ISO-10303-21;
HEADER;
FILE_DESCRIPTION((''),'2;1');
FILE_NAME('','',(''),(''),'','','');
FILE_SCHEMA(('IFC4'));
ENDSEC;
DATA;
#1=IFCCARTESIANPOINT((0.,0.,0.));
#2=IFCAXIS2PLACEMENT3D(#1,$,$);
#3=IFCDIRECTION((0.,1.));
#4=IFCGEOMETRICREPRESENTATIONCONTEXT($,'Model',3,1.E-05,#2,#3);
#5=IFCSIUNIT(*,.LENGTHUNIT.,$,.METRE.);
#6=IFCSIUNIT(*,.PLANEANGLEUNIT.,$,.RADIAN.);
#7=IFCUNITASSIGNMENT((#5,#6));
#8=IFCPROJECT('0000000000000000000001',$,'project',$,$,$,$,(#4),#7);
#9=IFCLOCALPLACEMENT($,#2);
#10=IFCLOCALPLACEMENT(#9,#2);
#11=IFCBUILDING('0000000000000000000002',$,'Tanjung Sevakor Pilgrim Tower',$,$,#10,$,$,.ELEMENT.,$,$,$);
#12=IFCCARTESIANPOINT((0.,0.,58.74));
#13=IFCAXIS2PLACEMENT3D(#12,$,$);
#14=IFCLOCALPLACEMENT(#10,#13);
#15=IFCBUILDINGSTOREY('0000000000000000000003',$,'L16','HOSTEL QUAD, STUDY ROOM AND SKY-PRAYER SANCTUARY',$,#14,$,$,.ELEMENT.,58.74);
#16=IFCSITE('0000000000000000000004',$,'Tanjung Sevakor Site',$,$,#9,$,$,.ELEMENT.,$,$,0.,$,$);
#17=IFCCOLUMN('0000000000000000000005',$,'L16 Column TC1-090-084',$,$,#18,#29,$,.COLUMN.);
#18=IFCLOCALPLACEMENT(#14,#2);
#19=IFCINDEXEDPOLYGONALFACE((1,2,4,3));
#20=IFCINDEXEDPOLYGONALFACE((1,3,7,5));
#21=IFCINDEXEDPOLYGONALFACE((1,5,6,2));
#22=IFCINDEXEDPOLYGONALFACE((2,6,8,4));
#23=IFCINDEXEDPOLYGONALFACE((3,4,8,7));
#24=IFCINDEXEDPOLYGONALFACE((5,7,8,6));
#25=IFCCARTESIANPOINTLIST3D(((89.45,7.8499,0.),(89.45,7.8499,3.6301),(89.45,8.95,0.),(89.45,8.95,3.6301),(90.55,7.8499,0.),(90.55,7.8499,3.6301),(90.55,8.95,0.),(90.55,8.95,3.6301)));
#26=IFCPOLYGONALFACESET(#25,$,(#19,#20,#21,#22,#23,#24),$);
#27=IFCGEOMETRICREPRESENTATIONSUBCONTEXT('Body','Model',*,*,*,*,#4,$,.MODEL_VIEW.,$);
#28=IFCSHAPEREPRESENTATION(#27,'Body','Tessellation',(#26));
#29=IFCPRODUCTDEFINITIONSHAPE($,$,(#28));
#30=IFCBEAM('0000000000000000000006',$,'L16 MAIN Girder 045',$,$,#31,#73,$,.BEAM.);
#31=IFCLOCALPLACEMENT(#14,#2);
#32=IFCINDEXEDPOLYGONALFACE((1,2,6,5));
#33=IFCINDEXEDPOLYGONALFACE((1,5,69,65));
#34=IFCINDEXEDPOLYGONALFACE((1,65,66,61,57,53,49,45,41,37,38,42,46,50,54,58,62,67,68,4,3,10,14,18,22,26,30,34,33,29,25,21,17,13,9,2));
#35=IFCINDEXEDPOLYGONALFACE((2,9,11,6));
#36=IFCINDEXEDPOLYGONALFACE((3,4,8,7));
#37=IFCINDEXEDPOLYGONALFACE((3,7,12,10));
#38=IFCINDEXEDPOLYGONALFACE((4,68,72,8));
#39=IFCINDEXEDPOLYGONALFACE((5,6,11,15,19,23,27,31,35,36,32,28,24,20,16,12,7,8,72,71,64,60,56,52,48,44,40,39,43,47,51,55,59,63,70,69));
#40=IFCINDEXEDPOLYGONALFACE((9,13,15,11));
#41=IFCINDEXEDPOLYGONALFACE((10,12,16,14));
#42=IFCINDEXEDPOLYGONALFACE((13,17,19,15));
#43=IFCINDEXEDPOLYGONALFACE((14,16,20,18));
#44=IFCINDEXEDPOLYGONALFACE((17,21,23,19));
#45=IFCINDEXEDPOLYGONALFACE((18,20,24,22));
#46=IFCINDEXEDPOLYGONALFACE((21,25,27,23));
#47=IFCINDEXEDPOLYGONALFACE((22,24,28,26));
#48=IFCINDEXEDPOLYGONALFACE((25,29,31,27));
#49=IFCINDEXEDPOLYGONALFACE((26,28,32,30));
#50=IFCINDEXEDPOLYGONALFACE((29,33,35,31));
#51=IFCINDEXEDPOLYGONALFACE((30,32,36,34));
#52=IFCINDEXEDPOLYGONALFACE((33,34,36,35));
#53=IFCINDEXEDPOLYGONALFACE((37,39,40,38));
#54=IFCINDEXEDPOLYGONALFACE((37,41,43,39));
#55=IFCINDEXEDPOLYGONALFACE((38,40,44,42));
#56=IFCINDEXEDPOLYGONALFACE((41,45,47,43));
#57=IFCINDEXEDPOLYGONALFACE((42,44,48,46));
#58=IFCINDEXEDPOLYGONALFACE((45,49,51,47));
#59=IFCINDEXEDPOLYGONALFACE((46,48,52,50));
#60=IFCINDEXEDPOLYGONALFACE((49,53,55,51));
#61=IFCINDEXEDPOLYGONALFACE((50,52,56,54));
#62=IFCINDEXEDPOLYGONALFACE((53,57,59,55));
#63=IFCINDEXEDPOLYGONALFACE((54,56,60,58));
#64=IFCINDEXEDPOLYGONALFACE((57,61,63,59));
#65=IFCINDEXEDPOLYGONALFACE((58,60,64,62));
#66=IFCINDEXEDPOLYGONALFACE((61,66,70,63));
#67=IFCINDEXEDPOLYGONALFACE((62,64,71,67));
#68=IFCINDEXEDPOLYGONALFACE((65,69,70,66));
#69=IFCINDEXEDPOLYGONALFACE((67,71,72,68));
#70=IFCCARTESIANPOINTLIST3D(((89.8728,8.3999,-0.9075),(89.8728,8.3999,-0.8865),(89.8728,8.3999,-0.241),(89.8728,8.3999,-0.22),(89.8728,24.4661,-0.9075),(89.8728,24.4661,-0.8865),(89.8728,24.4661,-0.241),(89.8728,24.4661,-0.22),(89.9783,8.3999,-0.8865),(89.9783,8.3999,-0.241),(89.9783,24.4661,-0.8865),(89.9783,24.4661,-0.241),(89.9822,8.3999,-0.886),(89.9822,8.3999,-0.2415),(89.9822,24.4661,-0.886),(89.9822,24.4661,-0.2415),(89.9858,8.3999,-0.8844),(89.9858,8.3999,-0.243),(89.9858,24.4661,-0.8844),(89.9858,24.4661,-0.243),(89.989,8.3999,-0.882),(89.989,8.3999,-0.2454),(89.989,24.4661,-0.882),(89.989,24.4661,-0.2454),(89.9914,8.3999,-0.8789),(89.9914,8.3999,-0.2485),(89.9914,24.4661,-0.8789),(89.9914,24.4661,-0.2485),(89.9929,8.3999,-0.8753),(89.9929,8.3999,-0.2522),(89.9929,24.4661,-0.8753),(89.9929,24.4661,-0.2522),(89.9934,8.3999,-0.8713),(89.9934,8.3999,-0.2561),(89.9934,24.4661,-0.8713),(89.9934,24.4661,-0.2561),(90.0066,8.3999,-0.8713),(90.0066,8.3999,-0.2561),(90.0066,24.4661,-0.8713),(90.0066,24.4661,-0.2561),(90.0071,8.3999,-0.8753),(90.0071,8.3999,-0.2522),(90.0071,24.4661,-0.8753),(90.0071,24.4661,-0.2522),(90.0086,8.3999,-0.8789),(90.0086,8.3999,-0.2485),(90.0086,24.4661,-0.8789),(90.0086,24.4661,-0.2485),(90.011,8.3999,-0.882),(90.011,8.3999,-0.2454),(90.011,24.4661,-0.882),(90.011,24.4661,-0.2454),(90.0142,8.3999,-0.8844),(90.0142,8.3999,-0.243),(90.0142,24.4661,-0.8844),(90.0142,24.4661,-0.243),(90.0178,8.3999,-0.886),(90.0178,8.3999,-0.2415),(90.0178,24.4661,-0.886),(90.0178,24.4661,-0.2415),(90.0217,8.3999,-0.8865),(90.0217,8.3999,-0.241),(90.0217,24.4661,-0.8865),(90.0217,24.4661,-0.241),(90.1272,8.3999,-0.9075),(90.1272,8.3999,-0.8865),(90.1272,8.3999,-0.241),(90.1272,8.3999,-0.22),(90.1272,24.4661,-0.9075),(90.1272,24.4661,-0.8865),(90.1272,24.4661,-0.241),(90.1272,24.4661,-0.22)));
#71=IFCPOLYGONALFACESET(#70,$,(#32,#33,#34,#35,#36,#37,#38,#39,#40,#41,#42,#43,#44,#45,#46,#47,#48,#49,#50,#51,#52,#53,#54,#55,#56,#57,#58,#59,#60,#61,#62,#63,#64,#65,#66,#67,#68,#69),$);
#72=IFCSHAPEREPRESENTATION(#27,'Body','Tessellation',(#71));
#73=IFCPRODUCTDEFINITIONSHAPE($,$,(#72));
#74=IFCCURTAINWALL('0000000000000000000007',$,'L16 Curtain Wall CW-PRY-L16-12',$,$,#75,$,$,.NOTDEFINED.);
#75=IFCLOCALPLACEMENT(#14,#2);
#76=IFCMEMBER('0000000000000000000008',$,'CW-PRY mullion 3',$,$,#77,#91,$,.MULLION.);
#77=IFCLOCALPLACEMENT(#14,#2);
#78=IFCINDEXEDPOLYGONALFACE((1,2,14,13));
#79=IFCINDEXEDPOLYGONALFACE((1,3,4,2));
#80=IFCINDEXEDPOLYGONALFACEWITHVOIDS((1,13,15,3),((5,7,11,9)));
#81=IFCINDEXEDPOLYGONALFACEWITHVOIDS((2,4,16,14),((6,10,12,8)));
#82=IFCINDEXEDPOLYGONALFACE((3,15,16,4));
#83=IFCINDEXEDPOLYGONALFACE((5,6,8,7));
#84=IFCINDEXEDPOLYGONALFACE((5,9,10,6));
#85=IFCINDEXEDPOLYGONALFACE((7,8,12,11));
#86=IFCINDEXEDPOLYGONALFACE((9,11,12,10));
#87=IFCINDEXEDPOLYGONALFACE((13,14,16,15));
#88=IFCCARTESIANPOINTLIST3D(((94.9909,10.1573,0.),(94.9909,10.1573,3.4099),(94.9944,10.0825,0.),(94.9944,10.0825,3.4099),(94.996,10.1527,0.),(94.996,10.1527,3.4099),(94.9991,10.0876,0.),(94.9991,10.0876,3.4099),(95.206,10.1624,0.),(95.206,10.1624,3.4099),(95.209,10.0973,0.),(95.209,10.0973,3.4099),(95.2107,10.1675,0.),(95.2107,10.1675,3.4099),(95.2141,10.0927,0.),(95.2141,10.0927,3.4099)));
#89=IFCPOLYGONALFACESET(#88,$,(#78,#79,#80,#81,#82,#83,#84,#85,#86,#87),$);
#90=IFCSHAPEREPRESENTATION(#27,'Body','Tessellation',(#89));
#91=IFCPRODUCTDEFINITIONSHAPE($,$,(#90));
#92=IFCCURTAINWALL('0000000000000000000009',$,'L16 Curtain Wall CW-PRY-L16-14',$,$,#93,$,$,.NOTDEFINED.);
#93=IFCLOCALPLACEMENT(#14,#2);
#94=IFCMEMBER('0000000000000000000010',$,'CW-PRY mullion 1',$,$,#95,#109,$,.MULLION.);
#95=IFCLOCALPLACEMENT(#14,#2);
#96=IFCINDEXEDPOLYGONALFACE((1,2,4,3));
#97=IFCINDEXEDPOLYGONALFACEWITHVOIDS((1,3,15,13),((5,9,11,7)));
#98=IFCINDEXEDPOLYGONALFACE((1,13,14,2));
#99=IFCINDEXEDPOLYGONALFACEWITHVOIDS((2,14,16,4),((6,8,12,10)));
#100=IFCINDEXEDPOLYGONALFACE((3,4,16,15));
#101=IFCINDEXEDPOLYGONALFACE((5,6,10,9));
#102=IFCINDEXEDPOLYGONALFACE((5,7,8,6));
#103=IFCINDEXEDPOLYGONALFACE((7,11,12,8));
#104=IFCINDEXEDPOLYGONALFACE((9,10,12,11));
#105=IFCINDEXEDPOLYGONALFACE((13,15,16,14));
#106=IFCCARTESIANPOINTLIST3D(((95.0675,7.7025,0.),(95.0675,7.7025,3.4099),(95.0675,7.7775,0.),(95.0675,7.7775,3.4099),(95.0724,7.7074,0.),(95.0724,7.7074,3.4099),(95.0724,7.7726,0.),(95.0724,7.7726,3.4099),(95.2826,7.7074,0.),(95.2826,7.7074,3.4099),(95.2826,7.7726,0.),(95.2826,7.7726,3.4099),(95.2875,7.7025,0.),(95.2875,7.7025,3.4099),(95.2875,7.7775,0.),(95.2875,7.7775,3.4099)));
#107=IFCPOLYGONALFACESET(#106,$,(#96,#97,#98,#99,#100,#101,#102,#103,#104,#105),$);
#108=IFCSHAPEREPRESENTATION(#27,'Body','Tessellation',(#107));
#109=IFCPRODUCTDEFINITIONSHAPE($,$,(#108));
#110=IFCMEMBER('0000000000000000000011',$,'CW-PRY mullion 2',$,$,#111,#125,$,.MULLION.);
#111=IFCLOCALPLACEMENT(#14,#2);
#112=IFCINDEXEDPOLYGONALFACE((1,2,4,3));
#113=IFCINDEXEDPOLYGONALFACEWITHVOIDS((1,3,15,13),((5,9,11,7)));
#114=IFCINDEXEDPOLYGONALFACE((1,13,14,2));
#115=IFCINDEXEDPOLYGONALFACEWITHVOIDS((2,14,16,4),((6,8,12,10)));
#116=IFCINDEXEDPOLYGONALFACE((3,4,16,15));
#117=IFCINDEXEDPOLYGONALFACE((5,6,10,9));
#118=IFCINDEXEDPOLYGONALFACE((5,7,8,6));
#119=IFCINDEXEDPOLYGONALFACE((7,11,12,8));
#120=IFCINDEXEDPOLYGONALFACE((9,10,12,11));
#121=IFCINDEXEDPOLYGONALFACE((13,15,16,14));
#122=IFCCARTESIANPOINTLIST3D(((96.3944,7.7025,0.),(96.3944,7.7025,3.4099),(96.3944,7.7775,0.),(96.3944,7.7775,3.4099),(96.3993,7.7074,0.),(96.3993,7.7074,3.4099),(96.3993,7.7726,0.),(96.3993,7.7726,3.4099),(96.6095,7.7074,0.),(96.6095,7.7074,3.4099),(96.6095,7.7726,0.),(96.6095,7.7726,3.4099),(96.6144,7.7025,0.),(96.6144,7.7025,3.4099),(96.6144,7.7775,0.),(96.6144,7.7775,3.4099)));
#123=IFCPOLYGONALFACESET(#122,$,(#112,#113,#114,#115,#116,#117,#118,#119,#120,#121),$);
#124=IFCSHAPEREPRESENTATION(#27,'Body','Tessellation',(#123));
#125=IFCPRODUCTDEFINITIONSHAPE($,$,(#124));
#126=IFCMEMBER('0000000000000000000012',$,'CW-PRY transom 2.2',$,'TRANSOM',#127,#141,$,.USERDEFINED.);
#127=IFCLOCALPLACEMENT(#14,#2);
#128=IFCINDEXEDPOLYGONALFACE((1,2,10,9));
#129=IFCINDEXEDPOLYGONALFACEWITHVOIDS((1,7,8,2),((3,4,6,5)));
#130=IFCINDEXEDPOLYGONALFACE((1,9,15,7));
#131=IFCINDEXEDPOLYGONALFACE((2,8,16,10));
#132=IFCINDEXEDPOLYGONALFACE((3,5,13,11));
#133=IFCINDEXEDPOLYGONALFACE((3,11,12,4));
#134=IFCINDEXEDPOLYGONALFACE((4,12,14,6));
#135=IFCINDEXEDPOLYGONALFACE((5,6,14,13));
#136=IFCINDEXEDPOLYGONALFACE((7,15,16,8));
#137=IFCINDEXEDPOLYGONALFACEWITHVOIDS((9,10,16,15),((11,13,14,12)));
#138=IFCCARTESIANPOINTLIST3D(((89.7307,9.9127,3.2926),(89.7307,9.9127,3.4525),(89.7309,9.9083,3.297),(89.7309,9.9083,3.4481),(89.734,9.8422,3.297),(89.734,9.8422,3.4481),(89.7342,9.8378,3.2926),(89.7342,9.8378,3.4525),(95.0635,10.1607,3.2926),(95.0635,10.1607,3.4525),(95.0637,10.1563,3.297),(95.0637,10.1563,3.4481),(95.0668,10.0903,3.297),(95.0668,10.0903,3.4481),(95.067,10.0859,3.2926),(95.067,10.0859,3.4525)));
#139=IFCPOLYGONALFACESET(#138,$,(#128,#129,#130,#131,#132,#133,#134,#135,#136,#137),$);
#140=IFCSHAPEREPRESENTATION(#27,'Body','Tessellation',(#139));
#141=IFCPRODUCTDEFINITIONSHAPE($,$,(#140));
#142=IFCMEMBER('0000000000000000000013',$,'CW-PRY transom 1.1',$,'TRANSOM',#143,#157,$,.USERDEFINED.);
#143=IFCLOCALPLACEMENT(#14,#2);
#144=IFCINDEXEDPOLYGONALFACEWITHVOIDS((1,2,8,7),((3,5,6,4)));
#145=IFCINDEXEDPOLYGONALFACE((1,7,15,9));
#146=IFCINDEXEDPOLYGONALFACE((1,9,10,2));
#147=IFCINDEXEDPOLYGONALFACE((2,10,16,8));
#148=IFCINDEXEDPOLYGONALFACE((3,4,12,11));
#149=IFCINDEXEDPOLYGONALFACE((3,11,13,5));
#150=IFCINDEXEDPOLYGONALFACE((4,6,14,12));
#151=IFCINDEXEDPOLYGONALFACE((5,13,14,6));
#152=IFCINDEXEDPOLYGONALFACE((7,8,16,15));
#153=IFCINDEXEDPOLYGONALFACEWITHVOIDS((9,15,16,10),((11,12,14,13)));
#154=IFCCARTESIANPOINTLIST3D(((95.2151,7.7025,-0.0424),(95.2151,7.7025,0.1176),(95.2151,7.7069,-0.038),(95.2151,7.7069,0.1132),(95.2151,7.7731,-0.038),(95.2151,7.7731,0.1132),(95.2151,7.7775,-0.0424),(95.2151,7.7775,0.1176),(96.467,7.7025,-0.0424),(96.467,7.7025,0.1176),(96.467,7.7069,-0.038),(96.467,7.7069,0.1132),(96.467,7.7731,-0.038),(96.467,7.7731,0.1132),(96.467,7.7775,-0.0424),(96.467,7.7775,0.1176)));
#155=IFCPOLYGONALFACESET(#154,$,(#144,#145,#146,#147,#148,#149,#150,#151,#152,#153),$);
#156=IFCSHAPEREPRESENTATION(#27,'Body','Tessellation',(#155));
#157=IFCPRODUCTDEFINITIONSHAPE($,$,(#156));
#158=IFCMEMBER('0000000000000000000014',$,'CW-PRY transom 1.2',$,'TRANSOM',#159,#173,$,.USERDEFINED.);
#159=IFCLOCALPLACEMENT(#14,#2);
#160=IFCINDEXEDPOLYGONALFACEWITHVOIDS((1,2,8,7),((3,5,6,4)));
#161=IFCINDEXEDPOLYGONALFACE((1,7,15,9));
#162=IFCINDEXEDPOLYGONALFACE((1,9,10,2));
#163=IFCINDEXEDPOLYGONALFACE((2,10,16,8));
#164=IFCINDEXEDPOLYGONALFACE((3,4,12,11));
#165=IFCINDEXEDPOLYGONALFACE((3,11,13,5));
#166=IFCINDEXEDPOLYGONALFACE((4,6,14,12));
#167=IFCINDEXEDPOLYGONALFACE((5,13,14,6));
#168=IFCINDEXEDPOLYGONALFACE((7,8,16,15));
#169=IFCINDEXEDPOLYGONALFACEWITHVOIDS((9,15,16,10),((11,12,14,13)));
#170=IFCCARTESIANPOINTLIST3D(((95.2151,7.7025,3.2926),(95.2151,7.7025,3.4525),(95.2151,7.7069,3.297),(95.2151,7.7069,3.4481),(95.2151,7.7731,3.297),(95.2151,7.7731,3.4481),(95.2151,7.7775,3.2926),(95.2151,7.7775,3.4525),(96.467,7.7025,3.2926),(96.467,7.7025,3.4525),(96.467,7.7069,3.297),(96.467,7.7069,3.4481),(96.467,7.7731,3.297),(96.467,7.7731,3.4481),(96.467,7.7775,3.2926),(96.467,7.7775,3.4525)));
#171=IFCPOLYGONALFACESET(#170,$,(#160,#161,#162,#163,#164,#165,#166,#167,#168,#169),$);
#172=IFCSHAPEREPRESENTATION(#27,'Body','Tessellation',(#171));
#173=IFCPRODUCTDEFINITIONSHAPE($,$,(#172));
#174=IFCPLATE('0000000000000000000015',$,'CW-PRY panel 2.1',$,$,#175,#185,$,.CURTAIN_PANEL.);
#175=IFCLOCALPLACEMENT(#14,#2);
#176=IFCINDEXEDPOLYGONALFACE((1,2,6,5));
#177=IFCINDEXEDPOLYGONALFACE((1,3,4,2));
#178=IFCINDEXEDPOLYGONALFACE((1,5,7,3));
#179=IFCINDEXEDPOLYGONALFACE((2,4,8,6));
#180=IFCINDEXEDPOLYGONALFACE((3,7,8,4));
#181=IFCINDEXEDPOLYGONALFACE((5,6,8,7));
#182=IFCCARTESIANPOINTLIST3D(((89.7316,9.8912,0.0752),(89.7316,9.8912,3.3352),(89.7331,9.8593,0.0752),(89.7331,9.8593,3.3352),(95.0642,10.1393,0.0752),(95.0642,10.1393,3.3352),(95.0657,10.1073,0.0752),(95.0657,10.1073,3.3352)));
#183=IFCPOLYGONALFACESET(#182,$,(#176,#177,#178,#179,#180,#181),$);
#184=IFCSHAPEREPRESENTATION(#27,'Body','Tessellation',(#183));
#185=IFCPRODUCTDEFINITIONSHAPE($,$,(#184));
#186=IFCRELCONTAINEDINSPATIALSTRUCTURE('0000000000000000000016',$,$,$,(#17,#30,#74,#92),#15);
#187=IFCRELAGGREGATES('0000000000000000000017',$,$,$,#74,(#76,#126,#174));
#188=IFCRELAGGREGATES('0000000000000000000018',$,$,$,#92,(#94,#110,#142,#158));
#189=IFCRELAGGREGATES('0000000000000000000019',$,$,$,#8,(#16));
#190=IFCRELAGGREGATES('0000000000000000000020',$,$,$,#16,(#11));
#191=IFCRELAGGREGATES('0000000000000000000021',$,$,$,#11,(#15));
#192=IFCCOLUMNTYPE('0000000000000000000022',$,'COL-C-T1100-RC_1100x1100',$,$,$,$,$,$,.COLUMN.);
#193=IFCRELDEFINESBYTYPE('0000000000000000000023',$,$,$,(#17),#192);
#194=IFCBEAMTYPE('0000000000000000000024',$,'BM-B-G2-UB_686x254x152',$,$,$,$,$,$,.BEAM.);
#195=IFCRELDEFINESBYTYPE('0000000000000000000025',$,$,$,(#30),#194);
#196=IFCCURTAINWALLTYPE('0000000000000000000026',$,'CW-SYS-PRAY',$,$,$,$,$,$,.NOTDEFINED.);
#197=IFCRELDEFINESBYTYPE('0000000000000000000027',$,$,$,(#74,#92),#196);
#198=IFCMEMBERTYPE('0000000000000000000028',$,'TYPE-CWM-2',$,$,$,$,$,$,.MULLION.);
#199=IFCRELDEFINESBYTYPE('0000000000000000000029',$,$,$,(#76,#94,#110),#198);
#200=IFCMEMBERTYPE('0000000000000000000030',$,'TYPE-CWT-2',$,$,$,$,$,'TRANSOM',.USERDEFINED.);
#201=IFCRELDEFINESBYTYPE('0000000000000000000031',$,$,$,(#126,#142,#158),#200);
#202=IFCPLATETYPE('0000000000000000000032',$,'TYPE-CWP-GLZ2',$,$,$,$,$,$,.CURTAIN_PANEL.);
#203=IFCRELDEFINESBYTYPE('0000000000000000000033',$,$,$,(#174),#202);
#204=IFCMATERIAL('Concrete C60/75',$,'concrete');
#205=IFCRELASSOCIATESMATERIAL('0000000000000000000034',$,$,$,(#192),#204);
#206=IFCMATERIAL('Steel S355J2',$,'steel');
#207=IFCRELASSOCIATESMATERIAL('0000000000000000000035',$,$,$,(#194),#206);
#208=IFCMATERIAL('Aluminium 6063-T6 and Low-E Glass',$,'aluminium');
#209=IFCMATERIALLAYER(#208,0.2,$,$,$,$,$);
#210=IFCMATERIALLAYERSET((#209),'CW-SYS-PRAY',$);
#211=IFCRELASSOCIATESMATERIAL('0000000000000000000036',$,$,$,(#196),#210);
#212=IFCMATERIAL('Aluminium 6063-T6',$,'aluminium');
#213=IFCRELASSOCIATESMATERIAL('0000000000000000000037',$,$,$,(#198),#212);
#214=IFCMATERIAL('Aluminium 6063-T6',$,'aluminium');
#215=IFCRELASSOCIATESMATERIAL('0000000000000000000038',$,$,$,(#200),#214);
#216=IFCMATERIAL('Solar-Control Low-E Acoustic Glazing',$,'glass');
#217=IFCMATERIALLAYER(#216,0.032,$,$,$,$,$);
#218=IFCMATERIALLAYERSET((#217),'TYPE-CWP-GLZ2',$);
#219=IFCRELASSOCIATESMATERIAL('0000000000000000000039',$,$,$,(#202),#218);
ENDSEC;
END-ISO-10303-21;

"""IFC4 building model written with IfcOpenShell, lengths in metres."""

from ifc_helpers import new_model, si_unit, direction, frame, origin, origin_2d, place, context, subcontext, project, spatial, rectangle, hollow_rectangle, i_section, extrude, material, layer, layer_set, material_profile, profile_set, type_object, element, aggregate, save


model = new_model("IFC4")

# Units and contexts
model_context = context("Model", 3, precision=1e-05, world=origin(), true_north=direction((0.0, 1.0)))
body_context = subcontext(model_context, "Body", "Model", "MODEL_VIEW")
ifc_project = project(units=[si_unit("LENGTHUNIT", "METRE"), si_unit("PLANEANGLEUNIT", "RADIAN")], contexts=[model_context])

# Site, building, storey
site_placement = place(None, origin())
site = spatial("IfcSite", under=ifc_project, at=site_placement, Name="Tanjung Sevakor Site", CompositionType="ELEMENT", RefElevation=0.0)
building_placement = place(site_placement, origin())
building = spatial("IfcBuilding", under=site, at=building_placement, Name="Tanjung Sevakor Pilgrim Tower", CompositionType="ELEMENT")
storey_placement = place(building_placement, frame((0.0, 0.0, 58.74)))
storey = spatial("IfcBuildingStorey", under=building, at=storey_placement, Name="L16", Description="HOSTEL QUAD, STUDY ROOM AND SKY-PRAYER SANCTUARY", CompositionType="ELEMENT", Elevation=58.74)

# Column
ifc_material_1 = material(Name="Concrete C60/75", Category="concrete")
ifc_material_profile_1 = material_profile(ifc_material_1, rectangle(XDim=1.1001, YDim=1.1001, at=origin_2d()))
ifc_profile_set_1 = profile_set([ifc_material_profile_1], Name="Concrete C60/75")
column_type = type_object("IfcColumnType", Name="COL-C-T1100-RC_1100x1100", PredefinedType="COLUMN", material=ifc_profile_set_1)
column_placement = place(storey_placement, frame((90.0, 8.3999, 0.0), z_axis=(0.0, 0.0, 1.0), x_axis=(1.0, 0.0, 0.0)))
element("IfcColumn", 1, at=column_placement, inside=storey, type_object=column_type, Name="L16 Column TC1-090-084", PredefinedType="COLUMN", context=body_context, shape_type="SweptSolid", body=[
    extrude(rectangle(XDim=1.1001, YDim=1.1001, at=origin_2d()), origin(), (0.0, 0.0, 1.0), 3.6301),
])

# Beam
ifc_material_2 = material(Name="Steel S355J2", Category="steel")
ifc_material_profile_2 = material_profile(ifc_material_2, i_section(OverallWidth=0.2544, OverallDepth=0.6875, WebThickness=0.0132, FlangeThickness=0.021, FilletRadius=0.0151, at=origin_2d()))
ifc_profile_set_2 = profile_set([ifc_material_profile_2], Name="Steel S355J2")
beam_type = type_object("IfcBeamType", Name="BM-B-G2-UB_686x254x152", PredefinedType="BEAM", material=ifc_profile_set_2)
beam_placement = place(storey_placement, frame((90.0, 8.3999, -0.5637), z_axis=(0.0, 1.0, 0.0), x_axis=(-1.0, 0.0, 0.0)))
element("IfcBeam", 2, at=beam_placement, inside=storey, type_object=beam_type, Name="L16 MAIN Girder 045", PredefinedType="BEAM", context=body_context, shape_type="SweptSolid", body=[
    extrude(i_section(OverallWidth=0.2544, OverallDepth=0.6875, WebThickness=0.0132, FlangeThickness=0.021, FilletRadius=0.0151, at=origin_2d()), origin(), (0.0, 0.0, 1.0), 16.0662),
])

# Curtain wall, member
ifc_material_3 = material(Name="Aluminium 6063-T6 and Low-E Glass", Category="aluminium")
ifc_layer_1 = layer(ifc_material_3, 0.2)
ifc_layer_set_1 = layer_set([ifc_layer_1], Name="CW-SYS-PRAY")
curtain_wall_type = type_object("IfcCurtainWallType", Name="CW-SYS-PRAY", PredefinedType="NOTDEFINED", material=ifc_layer_set_1)
curtain_wall_1_placement = place(storey_placement, origin())
curtain_wall_1 = element("IfcCurtainWall", 3, at=curtain_wall_1_placement, inside=storey, type_object=curtain_wall_type, Name="L16 Curtain Wall CW-PRY-L16-12", PredefinedType="NOTDEFINED")
ifc_material_4 = material(Name="Aluminium 6063-T6", Category="aluminium")
ifc_material_profile_3 = material_profile(ifc_material_4, hollow_rectangle(XDim=0.075, YDim=0.22, WallThickness=0.0049, at=origin_2d()))
ifc_profile_set_3 = profile_set([ifc_material_profile_3], Name="Aluminium 6063-T6")
member_type_1 = type_object("IfcMemberType", Name="TYPE-CWM-2", PredefinedType="MULLION", material=ifc_profile_set_3)
member_1_placement = place(storey_placement, frame((95.1025, 10.125, 0.0), z_axis=(0.0, 0.0, 1.0), x_axis=(-0.04646, 0.99892, 0.0)))
member_1 = element("IfcMember", 4, at=member_1_placement, type_object=member_type_1, Name="CW-PRY mullion 3", PredefinedType="MULLION", context=body_context, shape_type="SweptSolid", body=[
    extrude(hollow_rectangle(XDim=0.075, YDim=0.22, WallThickness=0.0049, at=origin_2d()), origin(), (0.0, 0.0, 1.0), 3.4099),
])

# Curtain wall, members
curtain_wall_2_placement = place(storey_placement, origin())
curtain_wall_2 = element("IfcCurtainWall", 5, at=curtain_wall_2_placement, inside=storey, type_object=curtain_wall_type, Name="L16 Curtain Wall CW-PRY-L16-14", PredefinedType="NOTDEFINED")
member_2_placement = place(storey_placement, frame((95.1775, 7.74, 0.0), z_axis=(0.0, 0.0, 1.0), x_axis=(0.0, 1.0, 0.0)))
member_2 = element("IfcMember", 6, at=member_2_placement, type_object=member_type_1, Name="CW-PRY mullion 1", PredefinedType="MULLION", context=body_context, shape_type="SweptSolid", body=[
    extrude(hollow_rectangle(XDim=0.075, YDim=0.22, WallThickness=0.0049, at=origin_2d()), origin(), (0.0, 0.0, 1.0), 3.4099),
])
member_3_placement = place(storey_placement, frame((96.5044, 7.74, 0.0), z_axis=(0.0, 0.0, 1.0), x_axis=(0.0, 1.0, 0.0)))
member_3 = element("IfcMember", 7, at=member_3_placement, type_object=member_type_1, Name="CW-PRY mullion 2", PredefinedType="MULLION", context=body_context, shape_type="SweptSolid", body=[
    extrude(hollow_rectangle(XDim=0.075, YDim=0.22, WallThickness=0.0049, at=origin_2d()), origin(), (0.0, 0.0, 1.0), 3.4099),
])

# Members
ifc_material_5 = material(Name="Aluminium 6063-T6", Category="aluminium")
ifc_material_profile_4 = material_profile(ifc_material_5, hollow_rectangle(XDim=0.075, YDim=0.1599, WallThickness=0.0044, at=origin_2d()))
ifc_profile_set_4 = profile_set([ifc_material_profile_4], Name="Aluminium 6063-T6")
member_type_2 = type_object("IfcMemberType", Name="TYPE-CWT-2", ElementType="TRANSOM", PredefinedType="USERDEFINED", material=ifc_profile_set_4)
member_4_placement = place(storey_placement, frame((89.7324, 9.8752, 3.3726), z_axis=(0.99892, 0.046464, 0.0), x_axis=(-0.046464, 0.99892, 0.0)))
member_4 = element("IfcMember", 8, at=member_4_placement, type_object=member_type_2, Name="CW-PRY transom 2.2", ObjectType="TRANSOM", PredefinedType="USERDEFINED", context=body_context, shape_type="SweptSolid", body=[
    extrude(hollow_rectangle(XDim=0.075, YDim=0.1599, WallThickness=0.0044, at=origin_2d()), origin(), (0.0, 0.0, 1.0), 5.3386),
])
member_5_placement = place(storey_placement, frame((95.2151, 7.74, 0.0376), z_axis=(1.0, 0.0, 0.0), x_axis=(0.0, 1.0, 0.0)))
member_5 = element("IfcMember", 9, at=member_5_placement, type_object=member_type_2, Name="CW-PRY transom 1.1", ObjectType="TRANSOM", PredefinedType="USERDEFINED", context=body_context, shape_type="SweptSolid", body=[
    extrude(hollow_rectangle(XDim=0.075, YDim=0.1599, WallThickness=0.0044, at=origin_2d()), origin(), (0.0, 0.0, 1.0), 1.252),
])
member_6_placement = place(storey_placement, frame((95.2151, 7.74, 3.3726), z_axis=(1.0, 0.0, 0.0), x_axis=(0.0, 1.0, 0.0)))
member_6 = element("IfcMember", 10, at=member_6_placement, type_object=member_type_2, Name="CW-PRY transom 1.2", ObjectType="TRANSOM", PredefinedType="USERDEFINED", context=body_context, shape_type="SweptSolid", body=[
    extrude(hollow_rectangle(XDim=0.075, YDim=0.1599, WallThickness=0.0044, at=origin_2d()), origin(), (0.0, 0.0, 1.0), 1.252),
])

# Plate
ifc_material_6 = material(Name="Solar-Control Low-E Acoustic Glazing", Category="glass")
ifc_layer_2 = layer(ifc_material_6, 0.032)
ifc_layer_set_2 = layer_set([ifc_layer_2], Name="TYPE-CWP-GLZ2")
plate_type = type_object("IfcPlateType", Name="TYPE-CWP-GLZ2", PredefinedType="CURTAIN_PANEL", material=ifc_layer_set_2)
plate_1_placement = place(storey_placement, frame((92.3987, 9.9993, 0.0752), z_axis=(0.0, 0.0, 1.0), x_axis=(0.99892, 0.04646, 0.0)))
plate_1 = element("IfcPlate", 11, at=plate_1_placement, type_object=plate_type, Name="CW-PRY panel 2.1", PredefinedType="CURTAIN_PANEL", context=body_context, shape_type="SweptSolid", body=[
    extrude(rectangle(XDim=5.3384, YDim=0.032, at=origin_2d()), origin(), (0.0, 0.0, 1.0), 3.26),
])
aggregate(curtain_wall_1, [member_1, member_4, plate_1])
aggregate(curtain_wall_2, [member_2, member_3, member_5, member_6])

save(model, "model.ifc")
